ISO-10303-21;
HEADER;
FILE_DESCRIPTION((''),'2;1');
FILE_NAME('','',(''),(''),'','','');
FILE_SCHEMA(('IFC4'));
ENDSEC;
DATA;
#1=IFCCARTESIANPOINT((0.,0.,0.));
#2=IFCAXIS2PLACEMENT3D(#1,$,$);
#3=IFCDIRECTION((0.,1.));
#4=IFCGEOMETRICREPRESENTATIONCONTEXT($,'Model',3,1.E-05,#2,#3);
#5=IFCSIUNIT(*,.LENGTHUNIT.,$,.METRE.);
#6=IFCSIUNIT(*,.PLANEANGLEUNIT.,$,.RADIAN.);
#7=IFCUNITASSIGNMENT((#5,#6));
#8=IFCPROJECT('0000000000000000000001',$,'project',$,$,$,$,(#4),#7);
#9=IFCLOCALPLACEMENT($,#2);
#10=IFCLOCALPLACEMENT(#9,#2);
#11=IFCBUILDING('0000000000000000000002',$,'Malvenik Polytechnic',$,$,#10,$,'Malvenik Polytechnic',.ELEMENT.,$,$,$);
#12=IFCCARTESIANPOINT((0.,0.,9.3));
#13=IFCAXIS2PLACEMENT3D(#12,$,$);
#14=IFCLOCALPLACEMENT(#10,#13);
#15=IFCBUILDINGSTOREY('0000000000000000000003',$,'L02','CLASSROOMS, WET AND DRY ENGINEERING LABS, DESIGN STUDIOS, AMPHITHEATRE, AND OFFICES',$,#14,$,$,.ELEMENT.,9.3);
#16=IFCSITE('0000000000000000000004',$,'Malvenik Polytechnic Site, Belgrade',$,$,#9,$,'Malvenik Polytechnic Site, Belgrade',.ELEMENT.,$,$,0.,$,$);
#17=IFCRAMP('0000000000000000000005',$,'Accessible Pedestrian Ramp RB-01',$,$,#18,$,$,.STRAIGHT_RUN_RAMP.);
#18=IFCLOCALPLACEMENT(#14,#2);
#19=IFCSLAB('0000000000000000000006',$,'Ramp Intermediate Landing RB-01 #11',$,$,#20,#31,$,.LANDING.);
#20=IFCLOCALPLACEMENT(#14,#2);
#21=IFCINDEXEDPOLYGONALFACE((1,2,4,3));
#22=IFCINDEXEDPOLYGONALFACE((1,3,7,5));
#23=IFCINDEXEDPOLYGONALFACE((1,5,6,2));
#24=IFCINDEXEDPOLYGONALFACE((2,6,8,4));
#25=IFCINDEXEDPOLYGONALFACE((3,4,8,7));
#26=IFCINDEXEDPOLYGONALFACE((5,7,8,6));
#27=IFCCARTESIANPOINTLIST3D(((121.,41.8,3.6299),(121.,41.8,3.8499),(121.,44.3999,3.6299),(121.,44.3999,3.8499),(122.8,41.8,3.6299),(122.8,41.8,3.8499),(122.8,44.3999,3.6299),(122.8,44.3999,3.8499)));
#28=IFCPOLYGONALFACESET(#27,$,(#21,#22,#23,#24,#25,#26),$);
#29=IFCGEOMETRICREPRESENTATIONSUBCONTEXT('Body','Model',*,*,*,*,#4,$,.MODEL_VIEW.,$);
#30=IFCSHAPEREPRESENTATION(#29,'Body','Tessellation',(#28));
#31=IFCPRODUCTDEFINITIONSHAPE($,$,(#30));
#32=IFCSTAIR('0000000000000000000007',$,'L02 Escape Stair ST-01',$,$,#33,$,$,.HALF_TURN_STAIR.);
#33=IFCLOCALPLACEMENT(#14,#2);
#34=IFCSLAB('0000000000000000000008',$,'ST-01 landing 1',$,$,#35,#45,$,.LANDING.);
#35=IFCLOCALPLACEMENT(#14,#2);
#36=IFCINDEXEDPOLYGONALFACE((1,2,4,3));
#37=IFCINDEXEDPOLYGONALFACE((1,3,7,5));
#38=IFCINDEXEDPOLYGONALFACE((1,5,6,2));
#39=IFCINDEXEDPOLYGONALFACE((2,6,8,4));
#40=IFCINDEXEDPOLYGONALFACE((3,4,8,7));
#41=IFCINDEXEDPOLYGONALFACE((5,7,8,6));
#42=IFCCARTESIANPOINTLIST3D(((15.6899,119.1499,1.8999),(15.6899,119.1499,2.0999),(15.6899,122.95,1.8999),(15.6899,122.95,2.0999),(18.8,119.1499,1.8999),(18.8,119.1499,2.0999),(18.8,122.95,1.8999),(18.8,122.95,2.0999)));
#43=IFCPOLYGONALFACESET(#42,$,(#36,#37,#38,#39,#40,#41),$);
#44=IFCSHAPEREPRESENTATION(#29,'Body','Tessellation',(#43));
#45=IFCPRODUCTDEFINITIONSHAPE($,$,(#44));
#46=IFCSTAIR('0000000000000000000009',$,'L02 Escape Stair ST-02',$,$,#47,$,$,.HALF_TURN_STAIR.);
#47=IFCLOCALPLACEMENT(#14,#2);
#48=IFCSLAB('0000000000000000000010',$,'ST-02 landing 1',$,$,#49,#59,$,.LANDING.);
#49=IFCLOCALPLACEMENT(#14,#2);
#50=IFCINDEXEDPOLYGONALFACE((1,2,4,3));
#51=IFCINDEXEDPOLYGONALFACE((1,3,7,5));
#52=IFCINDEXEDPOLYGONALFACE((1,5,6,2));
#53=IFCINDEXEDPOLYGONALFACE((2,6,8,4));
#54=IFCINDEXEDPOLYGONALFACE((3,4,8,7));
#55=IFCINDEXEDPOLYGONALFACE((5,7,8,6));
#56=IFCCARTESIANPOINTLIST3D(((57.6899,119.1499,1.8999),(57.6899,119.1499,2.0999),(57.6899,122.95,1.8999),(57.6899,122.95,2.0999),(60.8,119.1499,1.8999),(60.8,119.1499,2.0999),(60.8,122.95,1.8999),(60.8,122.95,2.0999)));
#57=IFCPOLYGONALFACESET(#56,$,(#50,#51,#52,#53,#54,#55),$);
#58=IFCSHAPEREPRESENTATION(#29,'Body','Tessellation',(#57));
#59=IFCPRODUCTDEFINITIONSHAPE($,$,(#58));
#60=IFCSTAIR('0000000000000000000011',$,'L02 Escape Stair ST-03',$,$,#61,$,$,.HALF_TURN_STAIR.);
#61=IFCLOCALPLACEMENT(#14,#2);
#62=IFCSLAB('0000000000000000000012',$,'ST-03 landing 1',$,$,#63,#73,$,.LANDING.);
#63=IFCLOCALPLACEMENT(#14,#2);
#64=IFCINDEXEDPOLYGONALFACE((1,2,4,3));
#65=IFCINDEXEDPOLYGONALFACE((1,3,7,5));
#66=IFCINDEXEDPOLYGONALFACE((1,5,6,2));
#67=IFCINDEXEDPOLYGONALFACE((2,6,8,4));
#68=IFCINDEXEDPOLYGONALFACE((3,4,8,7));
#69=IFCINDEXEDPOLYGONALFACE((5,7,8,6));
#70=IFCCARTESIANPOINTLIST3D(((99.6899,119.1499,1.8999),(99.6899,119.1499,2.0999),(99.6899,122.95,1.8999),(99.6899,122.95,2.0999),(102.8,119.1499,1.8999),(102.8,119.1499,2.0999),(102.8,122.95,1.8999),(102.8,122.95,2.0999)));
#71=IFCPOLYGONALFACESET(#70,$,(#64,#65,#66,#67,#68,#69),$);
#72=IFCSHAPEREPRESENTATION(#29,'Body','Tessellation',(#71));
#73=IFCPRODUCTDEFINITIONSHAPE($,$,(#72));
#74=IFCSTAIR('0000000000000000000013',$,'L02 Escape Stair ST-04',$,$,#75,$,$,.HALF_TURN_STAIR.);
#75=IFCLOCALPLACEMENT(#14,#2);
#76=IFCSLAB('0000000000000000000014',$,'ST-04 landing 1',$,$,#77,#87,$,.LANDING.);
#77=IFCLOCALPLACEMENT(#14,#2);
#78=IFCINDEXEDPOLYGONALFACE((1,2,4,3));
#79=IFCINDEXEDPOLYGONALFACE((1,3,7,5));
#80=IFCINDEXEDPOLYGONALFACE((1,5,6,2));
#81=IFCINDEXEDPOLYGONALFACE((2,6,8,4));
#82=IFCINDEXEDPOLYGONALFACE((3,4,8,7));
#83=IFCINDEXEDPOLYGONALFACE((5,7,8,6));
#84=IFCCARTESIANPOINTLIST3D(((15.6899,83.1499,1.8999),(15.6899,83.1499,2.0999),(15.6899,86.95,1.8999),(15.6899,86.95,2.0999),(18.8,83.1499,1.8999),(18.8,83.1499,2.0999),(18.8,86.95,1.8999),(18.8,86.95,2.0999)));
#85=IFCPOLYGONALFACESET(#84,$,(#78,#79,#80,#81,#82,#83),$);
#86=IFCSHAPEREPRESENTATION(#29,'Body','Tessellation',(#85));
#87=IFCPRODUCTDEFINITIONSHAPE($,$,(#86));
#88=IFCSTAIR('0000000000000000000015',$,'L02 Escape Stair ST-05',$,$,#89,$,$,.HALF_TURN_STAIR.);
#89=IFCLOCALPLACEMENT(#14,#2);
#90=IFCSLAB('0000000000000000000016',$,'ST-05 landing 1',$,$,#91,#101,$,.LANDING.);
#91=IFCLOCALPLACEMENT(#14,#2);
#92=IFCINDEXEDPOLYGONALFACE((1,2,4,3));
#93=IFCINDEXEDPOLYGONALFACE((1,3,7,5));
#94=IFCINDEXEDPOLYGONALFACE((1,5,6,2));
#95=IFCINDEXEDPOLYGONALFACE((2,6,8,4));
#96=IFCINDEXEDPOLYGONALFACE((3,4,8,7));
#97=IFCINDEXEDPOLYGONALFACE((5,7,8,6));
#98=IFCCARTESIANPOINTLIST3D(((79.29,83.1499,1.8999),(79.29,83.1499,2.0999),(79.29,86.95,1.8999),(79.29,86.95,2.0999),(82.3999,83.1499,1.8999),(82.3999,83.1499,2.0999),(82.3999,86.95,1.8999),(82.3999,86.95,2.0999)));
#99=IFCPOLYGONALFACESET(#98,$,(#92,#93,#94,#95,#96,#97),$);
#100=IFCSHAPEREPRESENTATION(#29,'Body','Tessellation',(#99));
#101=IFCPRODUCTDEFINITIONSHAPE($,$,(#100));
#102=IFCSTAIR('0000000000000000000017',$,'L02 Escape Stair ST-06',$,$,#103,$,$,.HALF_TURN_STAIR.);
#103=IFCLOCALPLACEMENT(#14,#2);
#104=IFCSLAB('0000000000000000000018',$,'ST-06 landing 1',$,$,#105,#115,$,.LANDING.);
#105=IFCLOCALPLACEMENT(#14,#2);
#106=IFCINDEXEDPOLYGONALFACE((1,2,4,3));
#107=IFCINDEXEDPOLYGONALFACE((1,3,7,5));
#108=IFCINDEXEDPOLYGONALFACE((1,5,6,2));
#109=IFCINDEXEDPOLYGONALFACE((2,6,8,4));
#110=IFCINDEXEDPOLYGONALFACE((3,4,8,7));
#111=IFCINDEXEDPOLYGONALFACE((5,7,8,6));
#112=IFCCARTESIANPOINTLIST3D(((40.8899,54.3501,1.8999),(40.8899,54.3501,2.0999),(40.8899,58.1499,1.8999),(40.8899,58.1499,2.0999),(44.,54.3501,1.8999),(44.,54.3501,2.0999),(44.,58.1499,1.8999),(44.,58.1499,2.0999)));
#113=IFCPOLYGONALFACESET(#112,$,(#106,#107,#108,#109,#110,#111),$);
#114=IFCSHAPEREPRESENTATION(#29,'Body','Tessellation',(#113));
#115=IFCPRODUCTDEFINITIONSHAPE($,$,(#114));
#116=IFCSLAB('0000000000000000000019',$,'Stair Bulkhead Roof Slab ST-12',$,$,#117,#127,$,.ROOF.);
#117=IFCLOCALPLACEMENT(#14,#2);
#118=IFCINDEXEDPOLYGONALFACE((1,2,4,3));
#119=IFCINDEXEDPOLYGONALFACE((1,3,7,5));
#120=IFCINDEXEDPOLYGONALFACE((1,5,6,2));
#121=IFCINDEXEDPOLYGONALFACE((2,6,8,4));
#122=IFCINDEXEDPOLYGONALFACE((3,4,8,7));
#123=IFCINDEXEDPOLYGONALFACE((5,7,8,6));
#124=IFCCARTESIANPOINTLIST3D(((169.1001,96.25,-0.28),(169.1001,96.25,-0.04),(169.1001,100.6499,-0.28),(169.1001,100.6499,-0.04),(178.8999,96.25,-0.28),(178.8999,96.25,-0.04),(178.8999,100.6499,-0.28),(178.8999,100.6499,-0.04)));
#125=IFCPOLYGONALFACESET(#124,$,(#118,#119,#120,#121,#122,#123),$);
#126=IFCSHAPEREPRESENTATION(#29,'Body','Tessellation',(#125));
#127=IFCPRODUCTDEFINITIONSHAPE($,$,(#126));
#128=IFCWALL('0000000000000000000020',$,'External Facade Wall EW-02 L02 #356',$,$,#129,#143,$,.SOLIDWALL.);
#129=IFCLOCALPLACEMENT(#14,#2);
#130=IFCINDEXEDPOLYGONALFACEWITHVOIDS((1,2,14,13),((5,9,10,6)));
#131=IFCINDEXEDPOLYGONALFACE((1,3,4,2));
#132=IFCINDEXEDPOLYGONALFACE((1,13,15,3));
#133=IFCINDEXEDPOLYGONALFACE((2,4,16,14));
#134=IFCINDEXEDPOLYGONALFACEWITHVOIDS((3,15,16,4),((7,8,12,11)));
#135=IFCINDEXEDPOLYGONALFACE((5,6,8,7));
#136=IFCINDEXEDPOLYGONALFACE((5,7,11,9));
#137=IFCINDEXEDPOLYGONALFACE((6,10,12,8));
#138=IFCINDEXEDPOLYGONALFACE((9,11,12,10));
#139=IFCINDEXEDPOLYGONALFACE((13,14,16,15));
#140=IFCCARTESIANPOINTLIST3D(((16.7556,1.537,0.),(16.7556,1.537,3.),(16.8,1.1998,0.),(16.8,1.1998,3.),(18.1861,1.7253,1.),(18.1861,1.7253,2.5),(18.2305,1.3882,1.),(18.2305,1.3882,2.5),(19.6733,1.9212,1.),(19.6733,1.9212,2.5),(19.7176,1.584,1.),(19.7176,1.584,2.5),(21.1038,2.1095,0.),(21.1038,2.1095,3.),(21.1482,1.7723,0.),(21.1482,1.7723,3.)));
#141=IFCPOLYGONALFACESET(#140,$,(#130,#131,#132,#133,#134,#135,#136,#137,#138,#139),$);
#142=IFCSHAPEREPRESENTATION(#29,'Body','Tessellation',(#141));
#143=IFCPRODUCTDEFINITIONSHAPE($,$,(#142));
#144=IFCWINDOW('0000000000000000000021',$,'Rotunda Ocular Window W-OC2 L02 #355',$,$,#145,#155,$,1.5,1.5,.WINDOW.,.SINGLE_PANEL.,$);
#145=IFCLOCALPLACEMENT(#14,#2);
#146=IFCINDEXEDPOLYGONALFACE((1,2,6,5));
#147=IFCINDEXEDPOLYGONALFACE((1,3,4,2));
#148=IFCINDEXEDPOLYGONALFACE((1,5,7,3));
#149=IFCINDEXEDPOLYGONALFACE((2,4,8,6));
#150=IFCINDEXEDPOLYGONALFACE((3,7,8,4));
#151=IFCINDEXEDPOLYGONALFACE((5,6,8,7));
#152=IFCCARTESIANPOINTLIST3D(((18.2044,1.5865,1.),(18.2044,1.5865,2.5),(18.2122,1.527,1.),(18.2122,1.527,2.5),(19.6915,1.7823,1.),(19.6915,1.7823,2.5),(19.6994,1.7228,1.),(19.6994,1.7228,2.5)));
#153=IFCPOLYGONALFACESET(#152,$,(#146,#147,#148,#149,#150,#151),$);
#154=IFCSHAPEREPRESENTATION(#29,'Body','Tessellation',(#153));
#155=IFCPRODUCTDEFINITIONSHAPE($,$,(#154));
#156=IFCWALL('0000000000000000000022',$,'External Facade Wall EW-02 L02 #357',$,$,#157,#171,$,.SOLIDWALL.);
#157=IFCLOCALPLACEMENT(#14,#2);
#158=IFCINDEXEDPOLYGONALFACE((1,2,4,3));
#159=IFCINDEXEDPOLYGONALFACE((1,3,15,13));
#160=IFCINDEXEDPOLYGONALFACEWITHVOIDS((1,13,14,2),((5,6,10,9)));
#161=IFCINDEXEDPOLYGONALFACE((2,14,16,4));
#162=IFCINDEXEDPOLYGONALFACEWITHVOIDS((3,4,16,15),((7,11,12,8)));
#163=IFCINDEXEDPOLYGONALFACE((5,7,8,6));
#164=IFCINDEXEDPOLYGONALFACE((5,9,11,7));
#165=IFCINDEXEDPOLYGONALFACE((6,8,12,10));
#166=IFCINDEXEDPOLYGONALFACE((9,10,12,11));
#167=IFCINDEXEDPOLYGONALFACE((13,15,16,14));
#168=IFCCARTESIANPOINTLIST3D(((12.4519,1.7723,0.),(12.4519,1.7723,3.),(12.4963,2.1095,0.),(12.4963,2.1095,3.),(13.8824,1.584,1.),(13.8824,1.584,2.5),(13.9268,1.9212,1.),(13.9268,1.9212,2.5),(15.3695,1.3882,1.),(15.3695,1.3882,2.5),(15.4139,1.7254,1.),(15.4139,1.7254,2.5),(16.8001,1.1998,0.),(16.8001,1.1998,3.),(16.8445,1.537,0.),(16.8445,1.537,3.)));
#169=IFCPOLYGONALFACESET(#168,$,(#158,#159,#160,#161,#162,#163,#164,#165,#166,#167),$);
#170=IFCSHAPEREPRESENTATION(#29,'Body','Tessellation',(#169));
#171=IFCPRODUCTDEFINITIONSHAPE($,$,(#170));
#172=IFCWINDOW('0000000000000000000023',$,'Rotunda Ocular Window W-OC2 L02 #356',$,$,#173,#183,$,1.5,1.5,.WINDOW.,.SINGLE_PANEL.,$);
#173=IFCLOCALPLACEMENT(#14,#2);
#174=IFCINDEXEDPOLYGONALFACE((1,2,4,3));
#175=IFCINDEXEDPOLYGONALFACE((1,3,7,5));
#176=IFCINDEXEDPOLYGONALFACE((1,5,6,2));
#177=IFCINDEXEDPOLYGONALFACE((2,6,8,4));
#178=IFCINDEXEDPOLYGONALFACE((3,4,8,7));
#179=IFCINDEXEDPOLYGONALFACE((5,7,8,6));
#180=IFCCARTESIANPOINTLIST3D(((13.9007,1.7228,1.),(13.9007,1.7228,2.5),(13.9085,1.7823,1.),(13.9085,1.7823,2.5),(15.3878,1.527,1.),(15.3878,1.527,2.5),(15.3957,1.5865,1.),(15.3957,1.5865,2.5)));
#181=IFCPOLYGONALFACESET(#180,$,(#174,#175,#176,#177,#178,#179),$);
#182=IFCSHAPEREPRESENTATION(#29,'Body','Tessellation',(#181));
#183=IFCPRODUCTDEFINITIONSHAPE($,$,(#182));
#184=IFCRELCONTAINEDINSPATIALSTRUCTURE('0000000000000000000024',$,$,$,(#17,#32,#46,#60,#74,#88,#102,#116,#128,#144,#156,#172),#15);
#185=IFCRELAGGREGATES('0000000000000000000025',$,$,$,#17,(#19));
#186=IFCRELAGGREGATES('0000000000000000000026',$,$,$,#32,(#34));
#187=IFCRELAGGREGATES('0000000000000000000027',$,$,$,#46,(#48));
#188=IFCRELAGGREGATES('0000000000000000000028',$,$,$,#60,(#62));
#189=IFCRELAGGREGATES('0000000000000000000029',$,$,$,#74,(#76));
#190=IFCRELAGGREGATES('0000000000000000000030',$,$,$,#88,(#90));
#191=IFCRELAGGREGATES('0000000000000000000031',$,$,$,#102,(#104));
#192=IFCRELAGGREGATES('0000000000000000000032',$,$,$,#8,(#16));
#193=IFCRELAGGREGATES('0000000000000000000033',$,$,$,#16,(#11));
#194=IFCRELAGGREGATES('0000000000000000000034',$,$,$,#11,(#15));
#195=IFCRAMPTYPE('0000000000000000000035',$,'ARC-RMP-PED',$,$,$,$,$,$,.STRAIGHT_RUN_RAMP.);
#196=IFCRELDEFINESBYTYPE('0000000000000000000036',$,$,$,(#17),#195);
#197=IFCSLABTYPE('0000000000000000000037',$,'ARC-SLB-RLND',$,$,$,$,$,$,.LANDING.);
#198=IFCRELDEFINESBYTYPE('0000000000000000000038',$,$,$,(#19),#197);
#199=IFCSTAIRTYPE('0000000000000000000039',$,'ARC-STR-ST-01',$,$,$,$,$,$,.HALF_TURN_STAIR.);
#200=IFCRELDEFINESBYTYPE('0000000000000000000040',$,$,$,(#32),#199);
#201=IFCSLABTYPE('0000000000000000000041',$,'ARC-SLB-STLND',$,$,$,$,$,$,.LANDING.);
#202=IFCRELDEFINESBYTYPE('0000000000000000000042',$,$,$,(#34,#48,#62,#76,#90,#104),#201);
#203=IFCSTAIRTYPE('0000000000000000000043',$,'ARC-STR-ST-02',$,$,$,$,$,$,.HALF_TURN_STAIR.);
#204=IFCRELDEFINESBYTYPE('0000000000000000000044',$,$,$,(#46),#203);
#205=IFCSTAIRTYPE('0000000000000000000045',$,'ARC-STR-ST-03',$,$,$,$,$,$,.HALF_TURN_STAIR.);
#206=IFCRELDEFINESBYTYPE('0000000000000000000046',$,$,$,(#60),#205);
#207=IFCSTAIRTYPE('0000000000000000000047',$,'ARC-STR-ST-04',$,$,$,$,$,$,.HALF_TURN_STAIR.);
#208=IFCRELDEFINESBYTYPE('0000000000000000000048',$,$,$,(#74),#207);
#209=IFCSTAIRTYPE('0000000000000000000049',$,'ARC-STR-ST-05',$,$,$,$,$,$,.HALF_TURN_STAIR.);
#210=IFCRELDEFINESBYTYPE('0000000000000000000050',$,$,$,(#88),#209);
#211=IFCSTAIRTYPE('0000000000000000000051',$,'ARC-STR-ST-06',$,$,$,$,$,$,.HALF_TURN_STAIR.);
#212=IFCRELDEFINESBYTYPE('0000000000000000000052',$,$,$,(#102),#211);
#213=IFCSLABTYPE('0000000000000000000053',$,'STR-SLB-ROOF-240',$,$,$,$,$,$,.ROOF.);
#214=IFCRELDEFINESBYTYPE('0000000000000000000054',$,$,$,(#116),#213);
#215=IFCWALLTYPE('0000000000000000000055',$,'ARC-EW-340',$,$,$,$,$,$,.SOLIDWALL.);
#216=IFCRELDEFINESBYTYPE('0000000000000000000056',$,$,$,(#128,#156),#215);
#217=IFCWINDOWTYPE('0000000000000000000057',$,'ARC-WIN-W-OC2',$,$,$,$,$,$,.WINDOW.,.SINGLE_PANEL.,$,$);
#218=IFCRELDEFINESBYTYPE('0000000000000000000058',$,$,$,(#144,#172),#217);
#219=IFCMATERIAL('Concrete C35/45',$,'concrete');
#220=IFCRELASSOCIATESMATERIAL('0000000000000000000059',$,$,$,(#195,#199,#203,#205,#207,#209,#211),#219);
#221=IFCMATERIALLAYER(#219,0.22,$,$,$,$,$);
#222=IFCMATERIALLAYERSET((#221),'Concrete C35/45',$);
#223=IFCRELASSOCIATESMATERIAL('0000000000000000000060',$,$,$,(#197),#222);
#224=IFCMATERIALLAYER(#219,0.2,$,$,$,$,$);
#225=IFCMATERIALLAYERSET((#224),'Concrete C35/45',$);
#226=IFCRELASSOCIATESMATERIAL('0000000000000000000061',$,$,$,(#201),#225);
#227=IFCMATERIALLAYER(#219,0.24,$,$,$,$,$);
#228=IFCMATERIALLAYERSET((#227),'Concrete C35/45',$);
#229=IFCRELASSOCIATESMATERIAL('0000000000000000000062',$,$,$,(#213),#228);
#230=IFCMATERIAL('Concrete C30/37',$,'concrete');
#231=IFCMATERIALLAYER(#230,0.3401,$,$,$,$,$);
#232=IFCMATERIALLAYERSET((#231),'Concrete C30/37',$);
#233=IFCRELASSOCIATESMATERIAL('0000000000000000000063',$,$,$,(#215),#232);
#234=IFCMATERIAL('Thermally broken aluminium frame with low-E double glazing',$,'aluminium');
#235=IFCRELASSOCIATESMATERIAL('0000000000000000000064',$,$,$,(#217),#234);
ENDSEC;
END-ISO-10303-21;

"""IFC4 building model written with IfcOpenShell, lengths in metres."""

from ifc_helpers import new_model, si_unit, direction, frame, frame_2d, origin, place, context, subcontext, project, spatial, polyline, rectangle, outline, extrude, material, layer, layer_set, type_object, element, fill, aggregate, save


model = new_model("IFC4")

# Units and contexts
model_context = context("Model", 3, precision=1e-05, world=origin(), true_north=direction((0.0, 1.0)))
body_context = subcontext(model_context, "Body", "Model", "MODEL_VIEW")
ifc_project = project(units=[si_unit("LENGTHUNIT", "METRE"), si_unit("PLANEANGLEUNIT", "RADIAN")], contexts=[model_context])

# Site, building, storey
site_placement = place(None, origin())
site = spatial("IfcSite", under=ifc_project, at=site_placement, Name="Malvenik Polytechnic Site, Belgrade", LongName="Malvenik Polytechnic Site, Belgrade", CompositionType="ELEMENT", RefElevation=0.0)
building_placement = place(site_placement, origin())
building = spatial("IfcBuilding", under=site, at=building_placement, Name="Malvenik Polytechnic", LongName="Malvenik Polytechnic", CompositionType="ELEMENT")
storey_placement = place(building_placement, frame((0.0, 0.0, 9.3)))
storey = spatial("IfcBuildingStorey", under=building, at=storey_placement, Name="L02", Description="CLASSROOMS, WET AND DRY ENGINEERING LABS, DESIGN STUDIOS, AMPHITHEATRE, AND OFFICES", CompositionType="ELEMENT", Elevation=9.3)

# Shared definitions
ifc_material_1 = material(Name="Concrete C35/45", Category="concrete")

# Ramp, slab
ramp_type = type_object("IfcRampType", Name="ARC-RMP-PED", PredefinedType="STRAIGHT_RUN_RAMP", material=ifc_material_1)
ramp_placement = place(storey_placement, origin())
ramp = element("IfcRamp", 1, at=ramp_placement, inside=storey, type_object=ramp_type, Name="Accessible Pedestrian Ramp RB-01", PredefinedType="STRAIGHT_RUN_RAMP")
ifc_layer_1 = layer(ifc_material_1, 0.22)
ifc_layer_set_1 = layer_set([ifc_layer_1], Name="Concrete C35/45")
slab_type_1 = type_object("IfcSlabType", Name="ARC-SLB-RLND", PredefinedType="LANDING", material=ifc_layer_set_1)
slab_1_placement = place(storey_placement, frame((0.0, 0.0, 3.6299)))
slab_1 = element("IfcSlab", 2, at=slab_1_placement, type_object=slab_type_1, Name="Ramp Intermediate Landing RB-01 #11", PredefinedType="LANDING", context=body_context, shape_type="SweptSolid", body=[
    extrude(outline(polyline([(121.0, 41.8), (122.8, 41.8), (122.8, 44.3999), (121.0, 44.3999), (121.0, 41.8)])), origin(), (0.0, 0.0, 1.0), 0.22),
])
aggregate(ramp, [slab_1])

# Stairs, slabs
stair_type_1 = type_object("IfcStairType", Name="ARC-STR-ST-01", PredefinedType="HALF_TURN_STAIR", material=ifc_material_1)
stair_1_placement = place(storey_placement, origin())
stair_1 = element("IfcStair", 3, at=stair_1_placement, inside=storey, type_object=stair_type_1, Name="L02 Escape Stair ST-01", PredefinedType="HALF_TURN_STAIR")
ifc_layer_2 = layer(ifc_material_1, 0.2)
ifc_layer_set_2 = layer_set([ifc_layer_2], Name="Concrete C35/45")
slab_type_2 = type_object("IfcSlabType", Name="ARC-SLB-STLND", PredefinedType="LANDING", material=ifc_layer_set_2)
slab_2_placement = place(storey_placement, frame((0.0, 0.0, 1.8999)))
slab_2 = element("IfcSlab", 4, at=slab_2_placement, type_object=slab_type_2, Name="ST-01 landing 1", PredefinedType="LANDING", context=body_context, shape_type="SweptSolid", body=[
    extrude(outline(polyline([(15.6899, 119.1499), (18.8, 119.1499), (18.8, 122.95), (15.6899, 122.95), (15.6899, 119.1499)])), origin(), (0.0, 0.0, 1.0), 0.2),
])
aggregate(stair_1, [slab_2])
stair_type_2 = type_object("IfcStairType", Name="ARC-STR-ST-02", PredefinedType="HALF_TURN_STAIR", material=ifc_material_1)
stair_2_placement = place(storey_placement, origin())
stair_2 = element("IfcStair", 5, at=stair_2_placement, inside=storey, type_object=stair_type_2, Name="L02 Escape Stair ST-02", PredefinedType="HALF_TURN_STAIR")
slab_3_placement = place(storey_placement, frame((0.0, 0.0, 1.8999)))
slab_3 = element("IfcSlab", 6, at=slab_3_placement, type_object=slab_type_2, Name="ST-02 landing 1", PredefinedType="LANDING", context=body_context, shape_type="SweptSolid", body=[
    extrude(outline(polyline([(57.6899, 119.1499), (60.8, 119.1499), (60.8, 122.95), (57.6899, 122.95), (57.6899, 119.1499)])), origin(), (0.0, 0.0, 1.0), 0.2),
])
aggregate(stair_2, [slab_3])
stair_type_3 = type_object("IfcStairType", Name="ARC-STR-ST-03", PredefinedType="HALF_TURN_STAIR", material=ifc_material_1)
stair_3_placement = place(storey_placement, origin())
stair_3 = element("IfcStair", 7, at=stair_3_placement, inside=storey, type_object=stair_type_3, Name="L02 Escape Stair ST-03", PredefinedType="HALF_TURN_STAIR")
slab_4_placement = place(storey_placement, frame((0.0, 0.0, 1.8999)))
slab_4 = element("IfcSlab", 8, at=slab_4_placement, type_object=slab_type_2, Name="ST-03 landing 1", PredefinedType="LANDING", context=body_context, shape_type="SweptSolid", body=[
    extrude(outline(polyline([(99.6899, 119.1499), (102.8, 119.1499), (102.8, 122.95), (99.6899, 122.95), (99.6899, 119.1499)])), origin(), (0.0, 0.0, 1.0), 0.2),
])
aggregate(stair_3, [slab_4])
stair_type_4 = type_object("IfcStairType", Name="ARC-STR-ST-04", PredefinedType="HALF_TURN_STAIR", material=ifc_material_1)
stair_4_placement = place(storey_placement, origin())
stair_4 = element("IfcStair", 9, at=stair_4_placement, inside=storey, type_object=stair_type_4, Name="L02 Escape Stair ST-04", PredefinedType="HALF_TURN_STAIR")
slab_5_placement = place(storey_placement, frame((0.0, 0.0, 1.8999)))
slab_5 = element("IfcSlab", 10, at=slab_5_placement, type_object=slab_type_2, Name="ST-04 landing 1", PredefinedType="LANDING", context=body_context, shape_type="SweptSolid", body=[
    extrude(outline(polyline([(15.6899, 83.1499), (18.8, 83.1499), (18.8, 86.95), (15.6899, 86.95), (15.6899, 83.1499)])), origin(), (0.0, 0.0, 1.0), 0.2),
])
aggregate(stair_4, [slab_5])
stair_type_5 = type_object("IfcStairType", Name="ARC-STR-ST-05", PredefinedType="HALF_TURN_STAIR", material=ifc_material_1)
stair_5_placement = place(storey_placement, origin())
stair_5 = element("IfcStair", 11, at=stair_5_placement, inside=storey, type_object=stair_type_5, Name="L02 Escape Stair ST-05", PredefinedType="HALF_TURN_STAIR")
slab_6_placement = place(storey_placement, frame((0.0, 0.0, 1.8999)))
slab_6 = element("IfcSlab", 12, at=slab_6_placement, type_object=slab_type_2, Name="ST-05 landing 1", PredefinedType="LANDING", context=body_context, shape_type="SweptSolid", body=[
    extrude(outline(polyline([(79.29, 83.1499), (82.3999, 83.1499), (82.3999, 86.95), (79.29, 86.95), (79.29, 83.1499)])), origin(), (0.0, 0.0, 1.0), 0.2),
])
aggregate(stair_5, [slab_6])
stair_type_6 = type_object("IfcStairType", Name="ARC-STR-ST-06", PredefinedType="HALF_TURN_STAIR", material=ifc_material_1)
stair_6_placement = place(storey_placement, origin())
stair_6 = element("IfcStair", 13, at=stair_6_placement, inside=storey, type_object=stair_type_6, Name="L02 Escape Stair ST-06", PredefinedType="HALF_TURN_STAIR")
slab_7_placement = place(storey_placement, frame((0.0, 0.0, 1.8999)))
slab_7 = element("IfcSlab", 14, at=slab_7_placement, type_object=slab_type_2, Name="ST-06 landing 1", PredefinedType="LANDING", context=body_context, shape_type="SweptSolid", body=[
    extrude(outline(polyline([(40.8899, 54.3501), (44.0, 54.3501), (44.0, 58.1499), (40.8899, 58.1499), (40.8899, 54.3501)])), origin(), (0.0, 0.0, 1.0), 0.2),
])
aggregate(stair_6, [slab_7])

# Slab
ifc_layer_3 = layer(ifc_material_1, 0.24)
ifc_layer_set_3 = layer_set([ifc_layer_3], Name="Concrete C35/45")
slab_type_3 = type_object("IfcSlabType", Name="STR-SLB-ROOF-240", PredefinedType="ROOF", material=ifc_layer_set_3)
slab_8_placement = place(storey_placement, frame((0.0, 0.0, -0.28)))
element("IfcSlab", 15, at=slab_8_placement, inside=storey, type_object=slab_type_3, Name="Stair Bulkhead Roof Slab ST-12", PredefinedType="ROOF", context=body_context, shape_type="SweptSolid", body=[
    extrude(outline(polyline([(169.1001, 96.25), (178.8999, 96.25), (178.8999, 100.6499), (169.1001, 100.6499), (169.1001, 96.25)])), origin(), (0.0, 0.0, 1.0), 0.24),
])

# Walls, openings, windows
ifc_material_2 = material(Name="Concrete C30/37", Category="concrete")
ifc_layer_4 = layer(ifc_material_2, 0.3401)
ifc_layer_set_4 = layer_set([ifc_layer_4], Name="Concrete C30/37")
wall_type = type_object("IfcWallType", Name="ARC-EW-340", PredefinedType="SOLIDWALL", material=ifc_layer_set_4)
wall_1_placement = place(storey_placement, frame((21.126, 1.9409, 0.0), z_axis=(0.0, 0.0, 1.0), x_axis=(-0.991443, -0.130541, 0.0)))
wall_1 = element("IfcWall", 16, at=wall_1_placement, inside=storey, type_object=wall_type, Name="External Facade Wall EW-02 L02 #356", PredefinedType="SOLIDWALL", context=body_context, shape_type="SweptSolid", body=[
    extrude(rectangle(XDim=4.3857, YDim=0.3401, at=frame_2d((2.1929, 0.0))), origin(), (0.0, 0.0, 1.0), 3.0),
])
opening_1_placement = place(wall_1_placement, frame((1.4429, 0.0, 1.0)))
opening_1 = element("IfcOpeningElement", 17, at=opening_1_placement, cuts=wall_1, PredefinedType="OPENING", context=body_context, shape_type="SweptSolid", body=[
    extrude(rectangle(XDim=1.5, YDim=1.5, at=frame_2d((0.75, 0.75))), frame((0.0, 0.1802, 0.0), z_axis=(0.0, -1.0, 0.0), x_axis=(1.0, 0.0, 0.0)), (0.0, 0.0, 1.0), 0.3601),
])
ifc_material_3 = material(Name="Thermally broken aluminium frame with low-E double glazing", Category="aluminium")
window_type = type_object("IfcWindowType", Name="ARC-WIN-W-OC2", PartitioningType="SINGLE_PANEL", PredefinedType="WINDOW", material=ifc_material_3)
window_1_placement = place(opening_1_placement, origin())
window_1 = element("IfcWindow", 18, at=window_1_placement, inside=storey, type_object=window_type, Name="Rotunda Ocular Window W-OC2 L02 #355", OverallHeight=1.5, OverallWidth=1.5, PartitioningType="SINGLE_PANEL", PredefinedType="WINDOW", context=body_context, shape_type="SweptSolid", body=[
    extrude(rectangle(XDim=1.5, YDim=1.5, at=frame_2d((0.75, 0.75))), frame((0.0, 0.03, 0.0), z_axis=(0.0, -1.0, 0.0), x_axis=(1.0, 0.0, 0.0)), (0.0, 0.0, 1.0), 0.0601),
])
fill(opening_1, window_1)
wall_2_placement = place(storey_placement, frame((16.8223, 1.3684, 0.0), z_axis=(0.0, 0.0, 1.0), x_axis=(-0.991443, 0.130541, 0.0)))
wall_2 = element("IfcWall", 19, at=wall_2_placement, inside=storey, type_object=wall_type, Name="External Facade Wall EW-02 L02 #357", PredefinedType="SOLIDWALL", context=body_context, shape_type="SweptSolid", body=[
    extrude(rectangle(XDim=4.3857, YDim=0.3401, at=frame_2d((2.1929, 0.0))), origin(), (0.0, 0.0, 1.0), 3.0),
])
opening_2_placement = place(wall_2_placement, frame((1.4429, 0.0, 1.0)))
opening_2 = element("IfcOpeningElement", 20, at=opening_2_placement, cuts=wall_2, PredefinedType="OPENING", context=body_context, shape_type="SweptSolid", body=[
    extrude(rectangle(XDim=1.5, YDim=1.5, at=frame_2d((0.75, 0.75))), frame((0.0, 0.1802, 0.0), z_axis=(0.0, -1.0, 0.0), x_axis=(1.0, 0.0, 0.0)), (0.0, 0.0, 1.0), 0.3601),
])
window_2_placement = place(opening_2_placement, origin())
window_2 = element("IfcWindow", 21, at=window_2_placement, inside=storey, type_object=window_type, Name="Rotunda Ocular Window W-OC2 L02 #356", OverallHeight=1.5, OverallWidth=1.5, PartitioningType="SINGLE_PANEL", PredefinedType="WINDOW", context=body_context, shape_type="SweptSolid", body=[
    extrude(rectangle(XDim=1.5, YDim=1.5, at=frame_2d((0.75, 0.75))), frame((0.0, 0.03, 0.0), z_axis=(0.0, -1.0, 0.0), x_axis=(1.0, 0.0, 0.0)), (0.0, 0.0, 1.0), 0.0601),
])
fill(opening_2, window_2)

save(model, "model.ifc")
